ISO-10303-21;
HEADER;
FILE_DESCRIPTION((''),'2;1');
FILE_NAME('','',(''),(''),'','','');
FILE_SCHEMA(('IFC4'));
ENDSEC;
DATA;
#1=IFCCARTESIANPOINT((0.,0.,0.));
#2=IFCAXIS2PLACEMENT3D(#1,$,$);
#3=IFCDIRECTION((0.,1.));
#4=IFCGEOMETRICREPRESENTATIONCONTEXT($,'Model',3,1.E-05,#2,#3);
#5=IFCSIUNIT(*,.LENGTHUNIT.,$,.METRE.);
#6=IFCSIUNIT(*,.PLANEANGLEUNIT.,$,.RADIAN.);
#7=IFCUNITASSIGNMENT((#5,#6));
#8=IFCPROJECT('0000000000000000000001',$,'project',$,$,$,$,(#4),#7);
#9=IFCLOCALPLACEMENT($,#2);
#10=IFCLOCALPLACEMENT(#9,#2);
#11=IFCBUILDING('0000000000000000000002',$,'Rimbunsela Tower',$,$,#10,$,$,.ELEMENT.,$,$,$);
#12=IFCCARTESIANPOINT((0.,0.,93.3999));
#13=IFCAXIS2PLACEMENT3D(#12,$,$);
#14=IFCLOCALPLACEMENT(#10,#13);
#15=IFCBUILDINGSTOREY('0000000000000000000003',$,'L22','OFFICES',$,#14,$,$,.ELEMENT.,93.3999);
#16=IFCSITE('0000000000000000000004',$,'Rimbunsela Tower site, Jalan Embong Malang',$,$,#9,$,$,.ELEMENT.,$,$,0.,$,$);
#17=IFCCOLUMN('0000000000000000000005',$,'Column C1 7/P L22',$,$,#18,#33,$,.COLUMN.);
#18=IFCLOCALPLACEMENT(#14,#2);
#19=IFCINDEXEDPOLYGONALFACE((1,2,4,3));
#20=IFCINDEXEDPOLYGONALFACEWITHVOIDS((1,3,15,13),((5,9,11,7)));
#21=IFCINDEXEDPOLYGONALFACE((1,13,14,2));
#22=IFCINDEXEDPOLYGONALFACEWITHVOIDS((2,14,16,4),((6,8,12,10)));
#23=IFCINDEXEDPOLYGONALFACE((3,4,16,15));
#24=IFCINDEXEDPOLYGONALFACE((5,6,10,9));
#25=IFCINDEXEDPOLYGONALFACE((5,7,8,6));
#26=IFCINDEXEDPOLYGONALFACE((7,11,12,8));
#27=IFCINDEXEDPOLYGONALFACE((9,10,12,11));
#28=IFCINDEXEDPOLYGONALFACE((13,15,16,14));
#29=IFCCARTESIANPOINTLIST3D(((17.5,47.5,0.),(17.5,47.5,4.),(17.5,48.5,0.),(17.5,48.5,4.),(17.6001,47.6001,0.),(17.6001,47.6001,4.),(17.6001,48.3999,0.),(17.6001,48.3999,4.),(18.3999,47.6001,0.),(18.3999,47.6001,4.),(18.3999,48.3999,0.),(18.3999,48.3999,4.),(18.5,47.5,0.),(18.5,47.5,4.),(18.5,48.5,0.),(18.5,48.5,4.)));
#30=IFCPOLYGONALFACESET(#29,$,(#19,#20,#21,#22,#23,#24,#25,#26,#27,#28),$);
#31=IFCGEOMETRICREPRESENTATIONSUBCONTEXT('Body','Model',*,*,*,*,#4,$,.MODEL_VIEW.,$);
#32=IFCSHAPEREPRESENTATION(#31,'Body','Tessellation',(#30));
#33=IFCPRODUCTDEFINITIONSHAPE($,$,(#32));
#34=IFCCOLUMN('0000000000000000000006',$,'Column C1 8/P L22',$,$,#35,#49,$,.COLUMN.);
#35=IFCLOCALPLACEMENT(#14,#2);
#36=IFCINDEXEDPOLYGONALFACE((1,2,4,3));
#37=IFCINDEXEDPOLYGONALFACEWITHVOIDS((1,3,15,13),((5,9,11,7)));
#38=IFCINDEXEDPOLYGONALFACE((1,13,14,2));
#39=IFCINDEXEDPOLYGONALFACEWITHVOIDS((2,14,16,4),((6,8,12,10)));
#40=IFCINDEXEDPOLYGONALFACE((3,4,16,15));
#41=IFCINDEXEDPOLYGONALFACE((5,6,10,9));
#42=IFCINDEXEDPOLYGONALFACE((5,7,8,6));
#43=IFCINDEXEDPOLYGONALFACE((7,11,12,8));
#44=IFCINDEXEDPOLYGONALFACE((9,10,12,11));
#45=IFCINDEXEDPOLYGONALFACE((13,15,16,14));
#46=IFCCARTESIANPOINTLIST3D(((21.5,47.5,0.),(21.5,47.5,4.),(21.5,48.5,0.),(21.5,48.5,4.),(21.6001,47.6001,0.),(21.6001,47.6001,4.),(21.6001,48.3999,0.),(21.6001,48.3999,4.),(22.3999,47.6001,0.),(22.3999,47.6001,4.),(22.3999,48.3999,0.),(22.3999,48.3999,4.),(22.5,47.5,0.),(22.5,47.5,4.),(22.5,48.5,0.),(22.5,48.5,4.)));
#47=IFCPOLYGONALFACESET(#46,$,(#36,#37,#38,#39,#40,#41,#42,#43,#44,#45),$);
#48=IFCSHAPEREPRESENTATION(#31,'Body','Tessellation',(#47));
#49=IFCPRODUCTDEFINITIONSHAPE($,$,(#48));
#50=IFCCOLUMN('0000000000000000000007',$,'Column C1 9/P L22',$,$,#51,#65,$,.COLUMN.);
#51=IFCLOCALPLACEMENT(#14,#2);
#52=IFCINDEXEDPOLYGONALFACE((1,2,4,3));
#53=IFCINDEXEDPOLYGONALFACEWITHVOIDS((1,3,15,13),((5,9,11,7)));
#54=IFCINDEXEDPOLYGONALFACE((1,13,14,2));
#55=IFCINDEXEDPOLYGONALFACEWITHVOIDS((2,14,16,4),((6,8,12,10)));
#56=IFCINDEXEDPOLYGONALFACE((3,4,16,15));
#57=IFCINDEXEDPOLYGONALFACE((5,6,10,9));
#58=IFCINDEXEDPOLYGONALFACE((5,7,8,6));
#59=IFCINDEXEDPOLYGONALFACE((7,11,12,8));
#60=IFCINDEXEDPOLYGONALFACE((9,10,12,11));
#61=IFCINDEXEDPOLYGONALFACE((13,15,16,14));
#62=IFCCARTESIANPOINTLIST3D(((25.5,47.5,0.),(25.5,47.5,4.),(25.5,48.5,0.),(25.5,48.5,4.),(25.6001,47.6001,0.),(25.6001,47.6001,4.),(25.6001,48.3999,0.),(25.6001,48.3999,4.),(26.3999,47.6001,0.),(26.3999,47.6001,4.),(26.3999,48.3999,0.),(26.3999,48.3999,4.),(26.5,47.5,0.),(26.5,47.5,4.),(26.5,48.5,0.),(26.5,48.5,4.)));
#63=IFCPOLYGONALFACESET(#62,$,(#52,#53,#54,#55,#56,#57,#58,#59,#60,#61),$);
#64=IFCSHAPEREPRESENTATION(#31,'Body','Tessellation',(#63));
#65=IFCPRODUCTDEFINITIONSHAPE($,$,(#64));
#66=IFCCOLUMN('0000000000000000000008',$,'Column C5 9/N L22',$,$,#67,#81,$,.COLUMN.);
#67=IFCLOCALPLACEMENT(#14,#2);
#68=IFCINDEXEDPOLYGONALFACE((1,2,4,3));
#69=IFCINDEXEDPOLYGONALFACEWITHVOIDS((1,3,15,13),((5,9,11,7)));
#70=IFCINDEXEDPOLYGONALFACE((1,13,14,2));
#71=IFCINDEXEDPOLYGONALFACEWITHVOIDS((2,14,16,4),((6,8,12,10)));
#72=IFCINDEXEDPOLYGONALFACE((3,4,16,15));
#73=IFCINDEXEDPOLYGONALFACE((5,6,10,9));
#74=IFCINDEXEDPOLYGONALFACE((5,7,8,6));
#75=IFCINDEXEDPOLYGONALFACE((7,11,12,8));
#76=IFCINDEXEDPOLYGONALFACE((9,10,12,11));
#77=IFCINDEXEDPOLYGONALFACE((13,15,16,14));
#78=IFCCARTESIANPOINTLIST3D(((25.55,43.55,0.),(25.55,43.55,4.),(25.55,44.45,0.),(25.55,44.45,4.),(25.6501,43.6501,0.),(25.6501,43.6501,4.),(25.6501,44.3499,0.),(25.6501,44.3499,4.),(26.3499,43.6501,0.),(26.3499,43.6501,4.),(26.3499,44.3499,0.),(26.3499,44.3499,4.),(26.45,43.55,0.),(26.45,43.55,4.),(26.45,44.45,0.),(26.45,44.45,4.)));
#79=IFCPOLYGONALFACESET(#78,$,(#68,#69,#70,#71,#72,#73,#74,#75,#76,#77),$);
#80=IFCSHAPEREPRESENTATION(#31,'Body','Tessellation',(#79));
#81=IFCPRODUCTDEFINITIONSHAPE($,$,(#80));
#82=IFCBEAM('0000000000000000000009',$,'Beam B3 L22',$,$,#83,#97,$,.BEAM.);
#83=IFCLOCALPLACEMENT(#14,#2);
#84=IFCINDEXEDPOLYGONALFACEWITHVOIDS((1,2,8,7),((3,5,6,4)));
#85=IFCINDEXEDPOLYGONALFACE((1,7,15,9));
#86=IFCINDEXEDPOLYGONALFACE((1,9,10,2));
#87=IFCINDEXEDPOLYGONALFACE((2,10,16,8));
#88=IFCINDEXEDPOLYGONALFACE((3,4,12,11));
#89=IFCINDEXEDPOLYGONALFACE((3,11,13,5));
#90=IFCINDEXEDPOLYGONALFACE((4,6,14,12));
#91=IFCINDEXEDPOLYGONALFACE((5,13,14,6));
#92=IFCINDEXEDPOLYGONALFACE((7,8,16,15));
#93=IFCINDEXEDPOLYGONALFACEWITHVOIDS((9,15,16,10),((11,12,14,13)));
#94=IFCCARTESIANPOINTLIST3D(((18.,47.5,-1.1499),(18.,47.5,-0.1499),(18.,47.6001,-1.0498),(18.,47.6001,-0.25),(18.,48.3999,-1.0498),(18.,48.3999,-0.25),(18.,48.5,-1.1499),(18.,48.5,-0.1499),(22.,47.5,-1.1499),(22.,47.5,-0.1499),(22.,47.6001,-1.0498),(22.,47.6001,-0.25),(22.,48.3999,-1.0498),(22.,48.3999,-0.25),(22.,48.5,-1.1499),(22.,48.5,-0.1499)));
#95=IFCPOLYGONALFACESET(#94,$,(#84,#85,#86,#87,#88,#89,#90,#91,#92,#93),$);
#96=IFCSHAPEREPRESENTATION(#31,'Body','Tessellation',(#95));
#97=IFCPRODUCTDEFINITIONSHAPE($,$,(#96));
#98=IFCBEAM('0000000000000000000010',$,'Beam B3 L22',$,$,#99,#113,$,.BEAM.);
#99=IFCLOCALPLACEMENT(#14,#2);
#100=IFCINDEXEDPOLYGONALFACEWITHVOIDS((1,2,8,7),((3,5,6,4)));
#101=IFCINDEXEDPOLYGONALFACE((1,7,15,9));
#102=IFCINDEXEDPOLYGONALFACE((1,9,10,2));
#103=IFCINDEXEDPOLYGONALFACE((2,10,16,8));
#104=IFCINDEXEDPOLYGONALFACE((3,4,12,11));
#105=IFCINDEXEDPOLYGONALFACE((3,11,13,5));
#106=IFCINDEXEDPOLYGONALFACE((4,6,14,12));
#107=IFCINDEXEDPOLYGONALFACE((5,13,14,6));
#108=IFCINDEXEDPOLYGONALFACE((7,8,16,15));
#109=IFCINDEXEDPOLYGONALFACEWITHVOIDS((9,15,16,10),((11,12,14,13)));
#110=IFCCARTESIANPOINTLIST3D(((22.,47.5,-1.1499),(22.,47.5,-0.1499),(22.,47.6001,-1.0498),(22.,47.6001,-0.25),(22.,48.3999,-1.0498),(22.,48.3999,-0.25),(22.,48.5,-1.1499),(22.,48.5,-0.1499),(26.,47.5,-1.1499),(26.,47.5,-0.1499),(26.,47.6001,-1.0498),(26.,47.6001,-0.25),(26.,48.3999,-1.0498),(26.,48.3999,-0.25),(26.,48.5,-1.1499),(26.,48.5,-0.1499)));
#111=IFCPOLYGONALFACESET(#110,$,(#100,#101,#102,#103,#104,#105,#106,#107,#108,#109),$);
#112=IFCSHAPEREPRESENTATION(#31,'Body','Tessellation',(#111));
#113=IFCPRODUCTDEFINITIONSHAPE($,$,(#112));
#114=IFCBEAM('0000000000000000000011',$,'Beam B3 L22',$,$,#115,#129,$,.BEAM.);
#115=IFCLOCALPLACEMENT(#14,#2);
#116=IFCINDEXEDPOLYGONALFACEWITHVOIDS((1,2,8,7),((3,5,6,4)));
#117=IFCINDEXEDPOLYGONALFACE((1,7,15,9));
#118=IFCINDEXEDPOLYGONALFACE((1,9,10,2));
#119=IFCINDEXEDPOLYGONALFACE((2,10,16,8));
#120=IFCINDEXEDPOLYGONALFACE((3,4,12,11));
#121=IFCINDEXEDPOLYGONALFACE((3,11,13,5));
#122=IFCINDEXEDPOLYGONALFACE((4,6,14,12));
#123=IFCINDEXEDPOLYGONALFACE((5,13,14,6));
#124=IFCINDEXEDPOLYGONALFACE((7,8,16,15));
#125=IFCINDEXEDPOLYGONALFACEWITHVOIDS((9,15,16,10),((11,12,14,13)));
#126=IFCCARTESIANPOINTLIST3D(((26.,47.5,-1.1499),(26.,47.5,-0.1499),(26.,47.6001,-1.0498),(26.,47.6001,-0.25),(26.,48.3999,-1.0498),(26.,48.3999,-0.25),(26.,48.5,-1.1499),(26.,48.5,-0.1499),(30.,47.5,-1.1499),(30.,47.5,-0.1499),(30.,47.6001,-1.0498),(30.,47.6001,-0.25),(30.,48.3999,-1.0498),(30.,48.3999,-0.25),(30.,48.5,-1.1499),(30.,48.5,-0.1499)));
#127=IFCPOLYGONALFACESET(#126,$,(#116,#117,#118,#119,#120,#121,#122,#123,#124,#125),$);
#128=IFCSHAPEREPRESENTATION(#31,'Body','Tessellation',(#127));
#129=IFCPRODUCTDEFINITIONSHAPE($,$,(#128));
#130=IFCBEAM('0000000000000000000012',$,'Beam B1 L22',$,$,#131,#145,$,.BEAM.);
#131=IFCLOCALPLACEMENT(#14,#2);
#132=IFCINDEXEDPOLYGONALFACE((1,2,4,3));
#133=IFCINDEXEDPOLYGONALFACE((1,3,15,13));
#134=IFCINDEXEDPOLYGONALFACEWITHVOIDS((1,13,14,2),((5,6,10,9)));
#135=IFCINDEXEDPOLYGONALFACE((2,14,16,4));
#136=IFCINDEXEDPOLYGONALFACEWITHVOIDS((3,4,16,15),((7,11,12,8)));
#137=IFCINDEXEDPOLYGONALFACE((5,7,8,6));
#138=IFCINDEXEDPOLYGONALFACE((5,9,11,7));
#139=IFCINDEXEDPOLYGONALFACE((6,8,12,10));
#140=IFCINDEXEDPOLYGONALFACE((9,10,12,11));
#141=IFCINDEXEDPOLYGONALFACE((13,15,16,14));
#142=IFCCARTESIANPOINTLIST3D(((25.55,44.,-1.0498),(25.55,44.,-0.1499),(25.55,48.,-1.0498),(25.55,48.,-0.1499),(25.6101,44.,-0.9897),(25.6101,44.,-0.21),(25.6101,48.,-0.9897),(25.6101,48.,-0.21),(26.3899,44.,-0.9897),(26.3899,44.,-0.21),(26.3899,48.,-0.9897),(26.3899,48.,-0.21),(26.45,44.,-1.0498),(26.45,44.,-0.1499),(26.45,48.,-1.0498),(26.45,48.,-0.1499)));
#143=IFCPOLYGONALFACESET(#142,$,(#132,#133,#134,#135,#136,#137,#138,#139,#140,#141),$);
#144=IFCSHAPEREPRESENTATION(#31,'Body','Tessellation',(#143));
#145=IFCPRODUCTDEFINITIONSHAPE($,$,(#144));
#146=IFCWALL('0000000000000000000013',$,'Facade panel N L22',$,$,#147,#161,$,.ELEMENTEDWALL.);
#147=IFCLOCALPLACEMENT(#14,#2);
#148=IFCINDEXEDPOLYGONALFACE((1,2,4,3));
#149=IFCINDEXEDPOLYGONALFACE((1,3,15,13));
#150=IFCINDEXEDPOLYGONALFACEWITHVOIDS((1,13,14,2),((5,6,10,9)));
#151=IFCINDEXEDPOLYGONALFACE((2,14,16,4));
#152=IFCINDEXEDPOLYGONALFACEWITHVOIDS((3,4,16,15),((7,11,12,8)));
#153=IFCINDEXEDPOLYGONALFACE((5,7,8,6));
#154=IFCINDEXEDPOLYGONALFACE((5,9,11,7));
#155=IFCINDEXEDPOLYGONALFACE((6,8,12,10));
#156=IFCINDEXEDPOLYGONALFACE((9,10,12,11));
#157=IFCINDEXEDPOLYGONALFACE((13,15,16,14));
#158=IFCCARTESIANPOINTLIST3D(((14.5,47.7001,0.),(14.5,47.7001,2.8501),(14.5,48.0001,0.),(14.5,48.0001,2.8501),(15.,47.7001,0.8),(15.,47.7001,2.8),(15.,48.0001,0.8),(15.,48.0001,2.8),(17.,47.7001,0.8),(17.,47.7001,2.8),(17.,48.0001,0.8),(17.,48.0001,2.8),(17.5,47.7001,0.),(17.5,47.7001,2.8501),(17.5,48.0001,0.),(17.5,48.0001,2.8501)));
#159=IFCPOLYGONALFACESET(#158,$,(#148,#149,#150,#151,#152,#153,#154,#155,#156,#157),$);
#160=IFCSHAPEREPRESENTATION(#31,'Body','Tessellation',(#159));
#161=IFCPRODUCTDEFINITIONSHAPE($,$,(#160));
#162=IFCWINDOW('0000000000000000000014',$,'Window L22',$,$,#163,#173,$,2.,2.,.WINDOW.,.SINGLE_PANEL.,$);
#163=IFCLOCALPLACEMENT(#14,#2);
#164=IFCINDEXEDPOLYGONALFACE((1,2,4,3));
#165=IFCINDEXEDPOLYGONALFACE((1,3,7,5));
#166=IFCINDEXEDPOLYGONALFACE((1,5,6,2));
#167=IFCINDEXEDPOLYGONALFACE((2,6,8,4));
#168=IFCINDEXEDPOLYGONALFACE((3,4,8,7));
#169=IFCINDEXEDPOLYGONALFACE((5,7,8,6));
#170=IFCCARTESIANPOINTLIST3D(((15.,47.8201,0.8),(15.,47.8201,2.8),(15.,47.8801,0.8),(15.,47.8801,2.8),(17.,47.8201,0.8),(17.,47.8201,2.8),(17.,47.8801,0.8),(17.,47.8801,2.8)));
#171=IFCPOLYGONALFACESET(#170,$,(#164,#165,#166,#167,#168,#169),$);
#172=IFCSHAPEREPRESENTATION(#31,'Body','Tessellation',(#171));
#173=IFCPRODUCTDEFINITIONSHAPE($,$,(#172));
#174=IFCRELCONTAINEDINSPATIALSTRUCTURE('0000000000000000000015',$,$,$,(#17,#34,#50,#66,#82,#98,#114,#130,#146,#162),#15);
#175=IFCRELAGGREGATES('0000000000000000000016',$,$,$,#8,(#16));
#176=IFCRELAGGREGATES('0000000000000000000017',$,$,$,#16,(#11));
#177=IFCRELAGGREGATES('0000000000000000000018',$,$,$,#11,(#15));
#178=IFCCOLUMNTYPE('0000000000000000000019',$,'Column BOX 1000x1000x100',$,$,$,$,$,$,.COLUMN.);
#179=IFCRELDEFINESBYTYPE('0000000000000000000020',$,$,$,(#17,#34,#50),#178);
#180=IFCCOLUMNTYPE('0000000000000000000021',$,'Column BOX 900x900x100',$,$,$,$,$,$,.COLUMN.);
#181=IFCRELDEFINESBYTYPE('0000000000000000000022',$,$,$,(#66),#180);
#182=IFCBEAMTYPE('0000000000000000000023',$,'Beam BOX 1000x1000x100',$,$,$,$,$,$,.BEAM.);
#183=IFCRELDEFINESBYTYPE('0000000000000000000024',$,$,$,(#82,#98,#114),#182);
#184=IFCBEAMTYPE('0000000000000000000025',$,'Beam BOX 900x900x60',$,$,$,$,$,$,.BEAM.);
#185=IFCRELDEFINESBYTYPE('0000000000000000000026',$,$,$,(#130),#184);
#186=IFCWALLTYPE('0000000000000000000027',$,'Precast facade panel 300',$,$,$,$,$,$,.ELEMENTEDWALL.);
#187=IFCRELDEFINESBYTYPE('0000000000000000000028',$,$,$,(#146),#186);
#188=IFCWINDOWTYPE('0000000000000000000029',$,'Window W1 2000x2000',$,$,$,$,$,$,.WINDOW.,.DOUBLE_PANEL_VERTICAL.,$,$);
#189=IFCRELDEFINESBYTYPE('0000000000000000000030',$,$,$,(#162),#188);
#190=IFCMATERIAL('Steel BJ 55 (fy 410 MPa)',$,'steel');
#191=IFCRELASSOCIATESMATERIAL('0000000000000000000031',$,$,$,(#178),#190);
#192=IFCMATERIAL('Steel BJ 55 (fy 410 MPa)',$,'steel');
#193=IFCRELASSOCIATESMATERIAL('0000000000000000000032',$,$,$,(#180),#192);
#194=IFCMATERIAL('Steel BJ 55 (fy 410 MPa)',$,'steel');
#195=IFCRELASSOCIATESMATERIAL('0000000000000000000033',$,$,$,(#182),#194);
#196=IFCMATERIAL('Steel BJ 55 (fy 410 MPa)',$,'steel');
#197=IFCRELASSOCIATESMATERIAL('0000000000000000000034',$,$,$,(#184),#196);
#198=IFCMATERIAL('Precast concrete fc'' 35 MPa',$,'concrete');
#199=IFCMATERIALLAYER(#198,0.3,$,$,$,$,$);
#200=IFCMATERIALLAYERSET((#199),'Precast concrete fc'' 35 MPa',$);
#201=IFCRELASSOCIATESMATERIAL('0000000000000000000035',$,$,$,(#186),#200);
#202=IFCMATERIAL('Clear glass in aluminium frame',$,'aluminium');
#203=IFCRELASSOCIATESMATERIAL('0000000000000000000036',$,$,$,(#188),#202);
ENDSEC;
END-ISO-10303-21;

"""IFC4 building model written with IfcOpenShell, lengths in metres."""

from ifc_helpers import new_model, si_unit, direction, frame, frame_2d, origin, origin_2d, place, context, subcontext, project, spatial, rectangle, hollow_rectangle, extrude, material, layer, layer_set, material_profile, profile_set, type_object, element, fill, save


model = new_model("IFC4")

# Units and contexts
model_context = context("Model", 3, precision=1e-05, world=origin(), true_north=direction((0.0, 1.0)))
body_context = subcontext(model_context, "Body", "Model", "MODEL_VIEW")
ifc_project = project(units=[si_unit("LENGTHUNIT", "METRE"), si_unit("PLANEANGLEUNIT", "RADIAN")], contexts=[model_context])

# Site, building, storey
site_placement = place(None, origin())
site = spatial("IfcSite", under=ifc_project, at=site_placement, Name="Rimbunsela Tower site, Jalan Embong Malang", CompositionType="ELEMENT", RefElevation=0.0)
building_placement = place(site_placement, origin())
building = spatial("IfcBuilding", under=site, at=building_placement, Name="Rimbunsela Tower", CompositionType="ELEMENT")
storey_placement = place(building_placement, frame((0.0, 0.0, 93.3999)))
storey = spatial("IfcBuildingStorey", under=building, at=storey_placement, Name="L22", Description="OFFICES", CompositionType="ELEMENT", Elevation=93.3999)

# Columns
ifc_material_1 = material(Name="Steel BJ 55 (fy 410 MPa)", Category="steel")
ifc_material_profile_1 = material_profile(ifc_material_1, hollow_rectangle(XDim=1.0, YDim=1.0, WallThickness=0.1001, at=origin_2d()), Name="BOX 1000x1000x100")
ifc_profile_set_1 = profile_set([ifc_material_profile_1], Name="Steel BJ 55 (fy 410 MPa)")
column_type_1 = type_object("IfcColumnType", Name="Column BOX 1000x1000x100", PredefinedType="COLUMN", material=ifc_profile_set_1)
for number, where, z_axis, x_axis, name in (
    (1, (18.0, 48.0, 0.0), (0.0, 0.0, 1.0), (1.0, 0.0, 0.0), "Column C1 7/P L22"),
    (2, (22.0, 48.0, 0.0), (0.0, 0.0, 1.0), (1.0, 0.0, 0.0), "Column C1 8/P L22"),
    (3, (26.0, 48.0, 0.0), (0.0, 0.0, 1.0), (1.0, 0.0, 0.0), "Column C1 9/P L22"),
):
    element("IfcColumn", number, at=place(storey_placement, frame(where, z_axis=z_axis, x_axis=x_axis)), inside=storey, type_object=column_type_1, Name=name, PredefinedType="COLUMN", context=body_context, shape_type="SweptSolid", body=[
        extrude(hollow_rectangle(XDim=1.0, YDim=1.0, WallThickness=0.1001, at=origin_2d()), origin(), (0.0, 0.0, 1.0), 4.0),
    ])
ifc_material_2 = material(Name="Steel BJ 55 (fy 410 MPa)", Category="steel")
ifc_material_profile_2 = material_profile(ifc_material_2, hollow_rectangle(XDim=0.8999, YDim=0.8999, WallThickness=0.1001, at=origin_2d()), Name="BOX 900x900x100")
ifc_profile_set_2 = profile_set([ifc_material_profile_2], Name="Steel BJ 55 (fy 410 MPa)")
column_type_2 = type_object("IfcColumnType", Name="Column BOX 900x900x100", PredefinedType="COLUMN", material=ifc_profile_set_2)
column_placement = place(storey_placement, frame((26.0, 44.0, 0.0), z_axis=(0.0, 0.0, 1.0), x_axis=(1.0, 0.0, 0.0)))
element("IfcColumn", 4, at=column_placement, inside=storey, type_object=column_type_2, Name="Column C5 9/N L22", PredefinedType="COLUMN", context=body_context, shape_type="SweptSolid", body=[
    extrude(hollow_rectangle(XDim=0.8999, YDim=0.8999, WallThickness=0.1001, at=origin_2d()), origin(), (0.0, 0.0, 1.0), 4.0),
])

# Beams
ifc_material_3 = material(Name="Steel BJ 55 (fy 410 MPa)", Category="steel")
ifc_material_profile_3 = material_profile(ifc_material_3, hollow_rectangle(XDim=1.0, YDim=1.0, WallThickness=0.1001, at=origin_2d()), Name="BOX 1000x1000x100")
ifc_profile_set_3 = profile_set([ifc_material_profile_3], Name="Steel BJ 55 (fy 410 MPa)")
beam_type_1 = type_object("IfcBeamType", Name="Beam BOX 1000x1000x100", PredefinedType="BEAM", material=ifc_profile_set_3)
for number, where, z_axis, x_axis, name in (
    (5, (18.0, 48.0, -0.6499), (1.0, 0.0, 0.0), (0.0, 1.0, 0.0), "Beam B3 L22"),
    (6, (22.0, 48.0, -0.6499), (1.0, 0.0, 0.0), (0.0, 1.0, 0.0), "Beam B3 L22"),
    (7, (26.0, 48.0, -0.6499), (1.0, 0.0, 0.0), (0.0, 1.0, 0.0), "Beam B3 L22"),
):
    element("IfcBeam", number, at=place(storey_placement, frame(where, z_axis=z_axis, x_axis=x_axis)), inside=storey, type_object=beam_type_1, Name=name, PredefinedType="BEAM", context=body_context, shape_type="SweptSolid", body=[
        extrude(hollow_rectangle(XDim=1.0, YDim=1.0, WallThickness=0.1001, at=origin_2d()), origin(), (0.0, 0.0, 1.0), 4.0),
    ])
ifc_material_4 = material(Name="Steel BJ 55 (fy 410 MPa)", Category="steel")
ifc_material_profile_4 = material_profile(ifc_material_4, hollow_rectangle(XDim=0.8999, YDim=0.8999, WallThickness=0.0601, at=origin_2d()), Name="BOX 900x900x60")
ifc_profile_set_4 = profile_set([ifc_material_profile_4], Name="Steel BJ 55 (fy 410 MPa)")
beam_type_2 = type_object("IfcBeamType", Name="Beam BOX 900x900x60", PredefinedType="BEAM", material=ifc_profile_set_4)
beam_placement = place(storey_placement, frame((26.0, 44.0, -0.5999), z_axis=(0.0, 1.0, 0.0), x_axis=(-1.0, 0.0, 0.0)))
element("IfcBeam", 8, at=beam_placement, inside=storey, type_object=beam_type_2, Name="Beam B1 L22", PredefinedType="BEAM", context=body_context, shape_type="SweptSolid", body=[
    extrude(hollow_rectangle(XDim=0.8999, YDim=0.8999, WallThickness=0.0601, at=origin_2d()), origin(), (0.0, 0.0, 1.0), 4.0),
])

# Wall, opening, window
ifc_material_5 = material(Name="Precast concrete fc' 35 MPa", Category="concrete")
ifc_layer_1 = layer(ifc_material_5, 0.3)
ifc_layer_set_1 = layer_set([ifc_layer_1], Name="Precast concrete fc' 35 MPa")
wall_type = type_object("IfcWallType", Name="Precast facade panel 300", PredefinedType="ELEMENTEDWALL", material=ifc_layer_set_1)
wall_1_placement = place(storey_placement, frame((17.5, 47.8501, 0.0), z_axis=(0.0, 0.0, 1.0), x_axis=(-1.0, 0.0, 0.0)))
wall_1 = element("IfcWall", 9, at=wall_1_placement, inside=storey, type_object=wall_type, Name="Facade panel N L22", PredefinedType="ELEMENTEDWALL", context=body_context, shape_type="SweptSolid", body=[
    extrude(rectangle(XDim=3.0, YDim=0.3, at=frame_2d((1.5, 0.0))), origin(), (0.0, 0.0, 1.0), 2.8501),
])
opening_1_placement = place(wall_1_placement, frame((0.5, 0.0, 0.8)))
opening_1 = element("IfcOpeningElement", 10, at=opening_1_placement, cuts=wall_1, PredefinedType="OPENING", context=body_context, shape_type="SweptSolid", body=[
    extrude(rectangle(XDim=2.0, YDim=2.0, at=frame_2d((1.0, 1.0))), frame((0.0, 0.1599, 0.0), z_axis=(0.0, -1.0, 0.0), x_axis=(1.0, 0.0, 0.0)), (0.0, 0.0, 1.0), 0.3201),
])
ifc_material_6 = material(Name="Clear glass in aluminium frame", Category="aluminium")
window_type = type_object("IfcWindowType", Name="Window W1 2000x2000", PartitioningType="DOUBLE_PANEL_VERTICAL", PredefinedType="WINDOW", material=ifc_material_6)
window_1_placement = place(opening_1_placement, origin())
window_1 = element("IfcWindow", 11, at=window_1_placement, inside=storey, type_object=window_type, Name="Window L22", OverallHeight=2.0, OverallWidth=2.0, PartitioningType="SINGLE_PANEL", PredefinedType="WINDOW", context=body_context, shape_type="SweptSolid", body=[
    extrude(rectangle(XDim=2.0, YDim=2.0, at=frame_2d((1.0, 1.0))), frame((0.0, 0.03, 0.0), z_axis=(0.0, -1.0, 0.0), x_axis=(1.0, 0.0, 0.0)), (0.0, 0.0, 1.0), 0.0601),
])
fill(opening_1, window_1)

save(model, "model.ifc")
